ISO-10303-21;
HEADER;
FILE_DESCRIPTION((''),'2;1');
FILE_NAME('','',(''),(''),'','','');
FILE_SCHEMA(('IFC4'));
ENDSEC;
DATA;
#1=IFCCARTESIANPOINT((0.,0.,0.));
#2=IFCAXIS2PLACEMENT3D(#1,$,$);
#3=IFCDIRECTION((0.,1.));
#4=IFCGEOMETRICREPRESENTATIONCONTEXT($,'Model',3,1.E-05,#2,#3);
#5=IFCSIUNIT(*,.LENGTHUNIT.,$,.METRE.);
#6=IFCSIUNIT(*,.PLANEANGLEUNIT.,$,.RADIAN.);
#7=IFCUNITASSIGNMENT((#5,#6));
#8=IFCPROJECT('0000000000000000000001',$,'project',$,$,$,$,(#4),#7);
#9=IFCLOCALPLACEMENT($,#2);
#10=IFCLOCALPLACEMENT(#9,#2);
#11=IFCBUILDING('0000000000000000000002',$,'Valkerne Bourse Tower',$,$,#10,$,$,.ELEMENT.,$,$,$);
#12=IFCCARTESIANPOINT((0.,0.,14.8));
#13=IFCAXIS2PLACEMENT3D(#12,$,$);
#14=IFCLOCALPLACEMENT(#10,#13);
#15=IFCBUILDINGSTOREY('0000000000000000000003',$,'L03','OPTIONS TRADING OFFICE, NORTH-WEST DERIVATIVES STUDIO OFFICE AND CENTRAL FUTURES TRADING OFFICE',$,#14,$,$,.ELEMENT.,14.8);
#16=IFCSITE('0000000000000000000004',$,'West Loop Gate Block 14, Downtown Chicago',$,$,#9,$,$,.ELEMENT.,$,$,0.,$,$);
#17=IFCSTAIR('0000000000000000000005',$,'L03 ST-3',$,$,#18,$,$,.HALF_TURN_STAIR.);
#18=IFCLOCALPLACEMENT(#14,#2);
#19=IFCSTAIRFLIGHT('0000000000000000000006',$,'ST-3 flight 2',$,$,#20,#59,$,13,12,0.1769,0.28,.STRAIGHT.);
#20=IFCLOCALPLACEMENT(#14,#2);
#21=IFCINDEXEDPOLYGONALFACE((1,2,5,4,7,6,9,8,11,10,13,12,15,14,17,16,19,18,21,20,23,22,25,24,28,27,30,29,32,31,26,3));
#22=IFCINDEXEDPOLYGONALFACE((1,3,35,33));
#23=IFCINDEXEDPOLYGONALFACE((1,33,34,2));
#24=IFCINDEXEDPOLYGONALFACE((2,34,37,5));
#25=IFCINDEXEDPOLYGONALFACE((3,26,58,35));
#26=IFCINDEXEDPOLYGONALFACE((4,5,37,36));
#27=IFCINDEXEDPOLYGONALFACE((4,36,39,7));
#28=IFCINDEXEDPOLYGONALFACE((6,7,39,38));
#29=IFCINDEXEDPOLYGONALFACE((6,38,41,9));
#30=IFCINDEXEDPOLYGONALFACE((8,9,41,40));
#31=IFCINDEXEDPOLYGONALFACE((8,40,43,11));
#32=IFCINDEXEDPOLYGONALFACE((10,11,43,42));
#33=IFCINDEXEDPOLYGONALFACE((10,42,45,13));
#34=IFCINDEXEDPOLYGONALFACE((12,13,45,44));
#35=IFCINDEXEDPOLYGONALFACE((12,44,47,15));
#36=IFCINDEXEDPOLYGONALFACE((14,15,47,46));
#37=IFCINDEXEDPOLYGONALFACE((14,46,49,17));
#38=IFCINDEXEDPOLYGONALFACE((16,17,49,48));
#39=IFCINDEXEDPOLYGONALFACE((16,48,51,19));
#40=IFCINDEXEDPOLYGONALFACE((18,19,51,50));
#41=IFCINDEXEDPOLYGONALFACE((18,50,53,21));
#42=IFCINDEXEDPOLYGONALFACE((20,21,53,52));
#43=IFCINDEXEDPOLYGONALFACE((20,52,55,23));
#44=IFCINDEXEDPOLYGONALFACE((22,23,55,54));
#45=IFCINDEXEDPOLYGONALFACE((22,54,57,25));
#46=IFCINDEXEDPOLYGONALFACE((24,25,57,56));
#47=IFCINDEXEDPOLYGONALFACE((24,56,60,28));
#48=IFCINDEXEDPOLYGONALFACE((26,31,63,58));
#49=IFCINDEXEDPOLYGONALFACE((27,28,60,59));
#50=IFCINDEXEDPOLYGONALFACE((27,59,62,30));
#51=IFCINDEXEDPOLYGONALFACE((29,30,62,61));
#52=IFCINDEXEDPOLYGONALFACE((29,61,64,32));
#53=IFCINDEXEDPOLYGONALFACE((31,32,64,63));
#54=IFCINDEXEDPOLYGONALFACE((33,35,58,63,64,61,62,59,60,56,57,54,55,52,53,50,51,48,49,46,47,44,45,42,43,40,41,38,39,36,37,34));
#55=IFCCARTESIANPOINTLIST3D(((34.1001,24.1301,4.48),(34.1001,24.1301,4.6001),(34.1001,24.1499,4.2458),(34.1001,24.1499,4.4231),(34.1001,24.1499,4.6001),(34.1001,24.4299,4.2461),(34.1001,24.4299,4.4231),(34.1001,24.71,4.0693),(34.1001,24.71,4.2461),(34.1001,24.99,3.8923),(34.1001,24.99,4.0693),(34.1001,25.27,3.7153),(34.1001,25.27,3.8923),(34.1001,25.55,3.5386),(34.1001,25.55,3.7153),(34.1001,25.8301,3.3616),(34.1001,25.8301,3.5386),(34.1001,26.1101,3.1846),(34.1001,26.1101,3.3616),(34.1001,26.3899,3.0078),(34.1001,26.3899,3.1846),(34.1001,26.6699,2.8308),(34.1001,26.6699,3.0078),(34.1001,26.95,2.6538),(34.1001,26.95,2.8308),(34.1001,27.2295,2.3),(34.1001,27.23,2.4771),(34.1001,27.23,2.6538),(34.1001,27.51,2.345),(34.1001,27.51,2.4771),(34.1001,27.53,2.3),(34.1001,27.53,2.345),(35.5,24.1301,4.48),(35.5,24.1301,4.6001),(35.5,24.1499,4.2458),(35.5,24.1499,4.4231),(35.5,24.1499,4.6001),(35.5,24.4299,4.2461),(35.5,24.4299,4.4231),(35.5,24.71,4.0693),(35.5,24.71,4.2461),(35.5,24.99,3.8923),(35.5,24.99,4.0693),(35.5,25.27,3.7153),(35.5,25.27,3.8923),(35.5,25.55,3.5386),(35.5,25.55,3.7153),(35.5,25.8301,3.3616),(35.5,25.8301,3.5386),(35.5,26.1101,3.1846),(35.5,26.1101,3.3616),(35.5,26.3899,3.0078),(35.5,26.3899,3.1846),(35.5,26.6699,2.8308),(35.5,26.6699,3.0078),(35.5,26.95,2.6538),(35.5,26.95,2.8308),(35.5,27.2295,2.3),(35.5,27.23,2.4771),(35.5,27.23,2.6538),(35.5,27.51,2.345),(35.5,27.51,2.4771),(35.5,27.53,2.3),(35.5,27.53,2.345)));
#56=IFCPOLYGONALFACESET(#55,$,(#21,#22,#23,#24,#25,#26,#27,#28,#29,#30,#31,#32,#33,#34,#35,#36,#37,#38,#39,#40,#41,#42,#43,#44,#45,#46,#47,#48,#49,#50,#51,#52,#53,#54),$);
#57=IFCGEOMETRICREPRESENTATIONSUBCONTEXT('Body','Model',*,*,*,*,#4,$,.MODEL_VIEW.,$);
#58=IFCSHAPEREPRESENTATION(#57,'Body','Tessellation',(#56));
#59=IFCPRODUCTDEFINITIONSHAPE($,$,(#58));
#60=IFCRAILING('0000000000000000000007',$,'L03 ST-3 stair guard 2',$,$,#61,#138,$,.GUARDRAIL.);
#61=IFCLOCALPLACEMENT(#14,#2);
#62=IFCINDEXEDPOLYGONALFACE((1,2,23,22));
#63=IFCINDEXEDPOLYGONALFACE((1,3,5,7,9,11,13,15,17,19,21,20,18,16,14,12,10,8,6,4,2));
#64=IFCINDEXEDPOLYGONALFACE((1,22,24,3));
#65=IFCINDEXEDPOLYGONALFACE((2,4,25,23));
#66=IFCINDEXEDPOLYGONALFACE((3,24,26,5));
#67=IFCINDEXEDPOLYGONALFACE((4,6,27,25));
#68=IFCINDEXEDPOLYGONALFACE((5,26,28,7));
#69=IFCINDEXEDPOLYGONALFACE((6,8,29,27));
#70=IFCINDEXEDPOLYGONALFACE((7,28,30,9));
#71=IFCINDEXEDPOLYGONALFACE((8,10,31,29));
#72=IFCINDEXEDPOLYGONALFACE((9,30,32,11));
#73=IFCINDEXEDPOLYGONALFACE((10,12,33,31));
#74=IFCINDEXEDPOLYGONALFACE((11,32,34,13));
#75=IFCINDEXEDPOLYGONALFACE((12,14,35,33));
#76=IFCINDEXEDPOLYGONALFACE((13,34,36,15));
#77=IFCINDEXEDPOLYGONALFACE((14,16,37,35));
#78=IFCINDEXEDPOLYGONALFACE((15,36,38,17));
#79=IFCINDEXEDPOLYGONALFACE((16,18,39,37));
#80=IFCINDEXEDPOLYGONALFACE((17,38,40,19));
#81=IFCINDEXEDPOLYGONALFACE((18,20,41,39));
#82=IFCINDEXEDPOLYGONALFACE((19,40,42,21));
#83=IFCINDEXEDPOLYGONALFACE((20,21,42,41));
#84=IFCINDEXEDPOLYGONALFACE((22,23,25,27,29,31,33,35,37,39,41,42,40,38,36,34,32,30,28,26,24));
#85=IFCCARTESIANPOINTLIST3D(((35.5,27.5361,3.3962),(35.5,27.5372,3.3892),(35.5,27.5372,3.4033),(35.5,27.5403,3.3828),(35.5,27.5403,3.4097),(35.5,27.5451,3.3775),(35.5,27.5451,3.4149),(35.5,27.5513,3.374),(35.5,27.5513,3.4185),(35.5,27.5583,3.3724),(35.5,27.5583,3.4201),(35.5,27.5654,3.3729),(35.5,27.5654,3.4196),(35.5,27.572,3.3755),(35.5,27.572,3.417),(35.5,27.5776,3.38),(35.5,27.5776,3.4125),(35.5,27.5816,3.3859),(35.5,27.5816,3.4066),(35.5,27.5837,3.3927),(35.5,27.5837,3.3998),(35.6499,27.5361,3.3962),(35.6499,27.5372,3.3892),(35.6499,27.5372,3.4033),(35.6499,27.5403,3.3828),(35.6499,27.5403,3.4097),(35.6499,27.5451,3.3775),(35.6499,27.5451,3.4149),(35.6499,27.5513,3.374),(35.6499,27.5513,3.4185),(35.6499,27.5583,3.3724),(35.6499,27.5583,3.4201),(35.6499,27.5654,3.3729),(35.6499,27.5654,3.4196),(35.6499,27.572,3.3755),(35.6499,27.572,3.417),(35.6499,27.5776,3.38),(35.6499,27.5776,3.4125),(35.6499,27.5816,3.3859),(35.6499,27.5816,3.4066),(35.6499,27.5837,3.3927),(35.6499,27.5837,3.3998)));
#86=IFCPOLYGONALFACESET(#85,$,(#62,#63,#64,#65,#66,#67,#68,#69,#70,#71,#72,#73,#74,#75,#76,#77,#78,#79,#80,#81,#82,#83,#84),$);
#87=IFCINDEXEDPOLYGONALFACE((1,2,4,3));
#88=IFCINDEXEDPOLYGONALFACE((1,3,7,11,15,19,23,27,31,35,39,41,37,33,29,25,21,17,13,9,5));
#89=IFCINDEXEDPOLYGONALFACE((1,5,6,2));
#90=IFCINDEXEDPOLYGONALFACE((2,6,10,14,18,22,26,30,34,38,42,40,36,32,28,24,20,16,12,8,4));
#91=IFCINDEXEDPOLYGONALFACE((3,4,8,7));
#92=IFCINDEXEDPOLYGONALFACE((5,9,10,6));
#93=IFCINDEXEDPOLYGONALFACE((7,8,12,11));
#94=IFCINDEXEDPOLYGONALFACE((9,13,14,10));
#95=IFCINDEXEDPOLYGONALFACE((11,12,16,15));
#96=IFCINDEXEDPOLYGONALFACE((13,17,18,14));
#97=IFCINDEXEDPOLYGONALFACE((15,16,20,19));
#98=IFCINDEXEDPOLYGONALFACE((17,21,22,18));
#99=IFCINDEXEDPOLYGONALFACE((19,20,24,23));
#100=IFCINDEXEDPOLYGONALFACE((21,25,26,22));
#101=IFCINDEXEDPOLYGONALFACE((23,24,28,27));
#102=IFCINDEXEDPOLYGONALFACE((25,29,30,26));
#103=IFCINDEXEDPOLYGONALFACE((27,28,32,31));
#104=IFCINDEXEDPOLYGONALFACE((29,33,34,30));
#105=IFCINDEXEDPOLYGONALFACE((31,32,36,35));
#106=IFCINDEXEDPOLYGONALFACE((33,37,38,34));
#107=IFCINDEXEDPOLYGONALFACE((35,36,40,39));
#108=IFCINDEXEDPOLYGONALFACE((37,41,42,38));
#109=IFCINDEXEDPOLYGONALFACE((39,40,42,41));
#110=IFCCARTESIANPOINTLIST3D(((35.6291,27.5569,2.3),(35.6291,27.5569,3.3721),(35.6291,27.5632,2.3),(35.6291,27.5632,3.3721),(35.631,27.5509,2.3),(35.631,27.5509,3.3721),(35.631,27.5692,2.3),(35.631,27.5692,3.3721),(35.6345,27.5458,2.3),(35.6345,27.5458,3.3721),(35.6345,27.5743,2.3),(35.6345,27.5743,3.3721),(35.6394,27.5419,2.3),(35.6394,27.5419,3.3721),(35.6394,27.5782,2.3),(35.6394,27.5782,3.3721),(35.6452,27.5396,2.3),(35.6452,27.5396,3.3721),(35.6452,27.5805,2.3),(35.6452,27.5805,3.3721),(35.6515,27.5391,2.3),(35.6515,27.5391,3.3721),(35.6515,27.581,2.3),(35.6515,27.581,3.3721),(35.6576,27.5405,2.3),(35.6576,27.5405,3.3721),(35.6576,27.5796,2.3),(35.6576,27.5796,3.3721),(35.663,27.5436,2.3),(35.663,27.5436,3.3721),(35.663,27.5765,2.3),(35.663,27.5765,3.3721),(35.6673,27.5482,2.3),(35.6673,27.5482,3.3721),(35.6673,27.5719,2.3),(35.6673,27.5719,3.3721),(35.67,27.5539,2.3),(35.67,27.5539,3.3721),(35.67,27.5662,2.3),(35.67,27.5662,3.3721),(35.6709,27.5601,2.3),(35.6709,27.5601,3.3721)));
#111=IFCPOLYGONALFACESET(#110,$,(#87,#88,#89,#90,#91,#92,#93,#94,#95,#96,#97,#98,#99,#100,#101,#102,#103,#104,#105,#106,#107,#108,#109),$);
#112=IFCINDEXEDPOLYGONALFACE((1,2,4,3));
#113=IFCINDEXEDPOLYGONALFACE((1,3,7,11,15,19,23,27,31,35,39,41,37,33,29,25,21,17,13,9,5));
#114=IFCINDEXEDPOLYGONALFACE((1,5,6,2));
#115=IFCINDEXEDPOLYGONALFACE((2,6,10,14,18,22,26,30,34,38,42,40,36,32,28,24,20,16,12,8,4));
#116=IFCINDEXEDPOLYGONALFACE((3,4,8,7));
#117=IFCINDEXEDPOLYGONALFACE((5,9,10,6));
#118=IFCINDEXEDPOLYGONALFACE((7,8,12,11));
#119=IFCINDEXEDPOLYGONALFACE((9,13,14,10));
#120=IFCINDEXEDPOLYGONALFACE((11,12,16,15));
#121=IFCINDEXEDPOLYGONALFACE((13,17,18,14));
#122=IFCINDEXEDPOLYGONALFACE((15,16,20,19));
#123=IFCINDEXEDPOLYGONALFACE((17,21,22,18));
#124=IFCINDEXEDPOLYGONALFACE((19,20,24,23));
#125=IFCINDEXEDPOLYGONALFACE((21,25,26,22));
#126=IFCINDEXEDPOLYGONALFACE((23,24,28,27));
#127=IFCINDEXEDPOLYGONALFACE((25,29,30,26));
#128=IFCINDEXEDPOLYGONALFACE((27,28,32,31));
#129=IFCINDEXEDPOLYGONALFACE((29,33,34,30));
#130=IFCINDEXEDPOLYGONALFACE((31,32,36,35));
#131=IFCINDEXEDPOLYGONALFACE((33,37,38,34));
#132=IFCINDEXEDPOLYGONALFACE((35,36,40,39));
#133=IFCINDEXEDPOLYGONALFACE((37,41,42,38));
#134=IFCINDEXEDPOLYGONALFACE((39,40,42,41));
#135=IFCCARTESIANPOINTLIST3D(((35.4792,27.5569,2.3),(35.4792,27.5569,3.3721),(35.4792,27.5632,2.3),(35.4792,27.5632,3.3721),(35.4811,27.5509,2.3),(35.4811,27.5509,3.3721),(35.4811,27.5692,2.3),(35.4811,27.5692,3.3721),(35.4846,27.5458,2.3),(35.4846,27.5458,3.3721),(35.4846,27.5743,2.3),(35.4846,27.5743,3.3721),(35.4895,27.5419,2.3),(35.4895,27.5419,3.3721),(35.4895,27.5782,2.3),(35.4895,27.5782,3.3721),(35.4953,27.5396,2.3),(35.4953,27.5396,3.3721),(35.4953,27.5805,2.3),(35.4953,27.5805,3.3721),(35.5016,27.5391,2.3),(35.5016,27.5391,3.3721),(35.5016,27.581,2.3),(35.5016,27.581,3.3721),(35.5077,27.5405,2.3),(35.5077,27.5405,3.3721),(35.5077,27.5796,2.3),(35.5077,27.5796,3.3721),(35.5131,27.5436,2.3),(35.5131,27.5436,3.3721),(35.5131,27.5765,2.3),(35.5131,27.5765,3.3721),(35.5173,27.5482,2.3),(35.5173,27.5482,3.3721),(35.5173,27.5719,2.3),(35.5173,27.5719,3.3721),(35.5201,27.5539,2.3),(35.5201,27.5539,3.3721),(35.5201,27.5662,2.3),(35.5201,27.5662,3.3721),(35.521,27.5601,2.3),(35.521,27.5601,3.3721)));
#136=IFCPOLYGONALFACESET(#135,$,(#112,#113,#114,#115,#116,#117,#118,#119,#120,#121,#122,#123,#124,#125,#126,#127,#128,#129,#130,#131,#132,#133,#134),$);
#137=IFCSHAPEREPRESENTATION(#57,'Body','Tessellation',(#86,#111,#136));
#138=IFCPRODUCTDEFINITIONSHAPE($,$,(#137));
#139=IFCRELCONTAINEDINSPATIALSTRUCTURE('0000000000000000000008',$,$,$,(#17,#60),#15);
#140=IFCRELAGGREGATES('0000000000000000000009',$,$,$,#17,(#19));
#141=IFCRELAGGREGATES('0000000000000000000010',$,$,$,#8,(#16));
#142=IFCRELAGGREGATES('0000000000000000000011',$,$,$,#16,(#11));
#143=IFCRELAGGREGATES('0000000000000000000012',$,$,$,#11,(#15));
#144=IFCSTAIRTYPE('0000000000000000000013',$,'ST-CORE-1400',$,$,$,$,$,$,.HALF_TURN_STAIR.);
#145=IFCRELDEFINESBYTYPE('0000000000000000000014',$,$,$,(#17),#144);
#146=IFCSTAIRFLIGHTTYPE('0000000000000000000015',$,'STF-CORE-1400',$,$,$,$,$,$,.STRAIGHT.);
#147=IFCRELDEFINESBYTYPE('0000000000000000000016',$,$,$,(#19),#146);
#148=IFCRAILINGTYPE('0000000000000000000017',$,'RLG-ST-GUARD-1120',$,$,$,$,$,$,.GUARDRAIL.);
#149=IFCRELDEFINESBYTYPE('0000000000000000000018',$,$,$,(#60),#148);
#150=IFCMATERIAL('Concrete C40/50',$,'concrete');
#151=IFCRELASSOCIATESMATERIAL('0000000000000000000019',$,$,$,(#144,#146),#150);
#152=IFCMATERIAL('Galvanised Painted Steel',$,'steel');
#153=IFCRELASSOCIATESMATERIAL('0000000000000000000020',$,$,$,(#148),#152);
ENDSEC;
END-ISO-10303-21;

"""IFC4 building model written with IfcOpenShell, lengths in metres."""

from ifc_helpers import new_model, si_unit, direction, frame, origin, origin_2d, place, context, subcontext, project, spatial, polyline, circle, outline, extrude, material, type_object, element, aggregate, save


model = new_model("IFC4")

# Units and contexts
model_context = context("Model", 3, precision=1e-05, world=origin(), true_north=direction((0.0, 1.0)))
body_context = subcontext(model_context, "Body", "Model", "MODEL_VIEW")
ifc_project = project(units=[si_unit("LENGTHUNIT", "METRE"), si_unit("PLANEANGLEUNIT", "RADIAN")], contexts=[model_context])

# Site, building, storey
site_placement = place(None, origin())
site = spatial("IfcSite", under=ifc_project, at=site_placement, Name="West Loop Gate Block 14, Downtown Chicago", CompositionType="ELEMENT", RefElevation=0.0)
building_placement = place(site_placement, origin())
building = spatial("IfcBuilding", under=site, at=building_placement, Name="Valkerne Bourse Tower", CompositionType="ELEMENT")
storey_placement = place(building_placement, frame((0.0, 0.0, 14.8)))
storey = spatial("IfcBuildingStorey", under=building, at=storey_placement, Name="L03", Description="OPTIONS TRADING OFFICE, NORTH-WEST DERIVATIVES STUDIO OFFICE AND CENTRAL FUTURES TRADING OFFICE", CompositionType="ELEMENT", Elevation=14.8)

# Shared definitions
ifc_material_1 = material(Name="Galvanised Painted Steel", Category="steel")

# Shared definitions
ifc_material_2 = material(Name="Concrete C40/50", Category="concrete")

# Stair, stair flight
stair_type = type_object("IfcStairType", Name="ST-CORE-1400", PredefinedType="HALF_TURN_STAIR", material=ifc_material_2)
stair_placement = place(storey_placement, origin())
stair = element("IfcStair", 1, at=stair_placement, inside=storey, type_object=stair_type, Name="L03 ST-3", PredefinedType="HALF_TURN_STAIR")
stair_flight_type = type_object("IfcStairFlightType", Name="STF-CORE-1400", PredefinedType="STRAIGHT", material=ifc_material_2)
stair_flight_placement = place(storey_placement, frame((34.8, 27.51, 2.3), z_axis=(0.0, 0.0, 1.0), x_axis=(0.0, -1.0, 0.0)))
stair_flight = element("IfcStairFlight", 2, at=stair_flight_placement, type_object=stair_flight_type, Name="ST-3 flight 2", NumberOfRisers=13, NumberOfTreads=12, PredefinedType="STRAIGHT", RiserHeight=0.1769, TreadLength=0.28, context=body_context, shape_type="SweptSolid", body=[
    extrude(outline(polyline([(-0.02, 0.0), (-0.02, 0.0449), (0.0, 0.0449), (0.0, 0.177), (0.28, 0.177), (0.28, 0.3538), (0.5601, 0.3538), (0.5601, 0.5308), (0.8401, 0.5308), (0.8401, 0.7078), (1.1201, 0.7078), (1.1201, 0.8845), (1.3999, 0.8845), (1.3999, 1.0615), (1.6799, 1.0615), (1.6799, 1.2385), (1.96, 1.2385), (1.96, 1.4153), (2.24, 1.4153), (2.24, 1.5923), (2.52, 1.5923), (2.52, 1.7693), (2.8, 1.7693), (2.8, 1.946), (3.0801, 1.946), (3.0801, 2.123), (3.3601, 2.123), (3.3601, 2.3), (3.3799, 2.3), (3.3799, 2.1799), (3.3601, 1.9458), (0.2805, 0.0), (-0.02, 0.0)])), frame((0.0, 0.7, 0.0), z_axis=(0.0, -1.0, 0.0), x_axis=(1.0, 0.0, 0.0)), (0.0, 0.0, 1.0), 1.3999),
])
aggregate(stair, [stair_flight])

# Railing
railing_type_1 = type_object("IfcRailingType", Name="RLG-ST-GUARD-1120", PredefinedType="GUARDRAIL", material=ifc_material_1)
railing_1_placement = place(storey_placement, frame((35.6499, 27.5601, 2.3)))
element("IfcRailing", 3, at=railing_1_placement, inside=storey, type_object=railing_type_1, Name="L03 ST-3 stair guard 2", PredefinedType="GUARDRAIL", context=body_context, shape_type="SweptSolid", body=[
    extrude(circle(Radius=0.0239, at=origin_2d()), frame((0.0, 0.0, 1.0962), z_axis=(-1.0, 0.0, 0.0), x_axis=(0.0, -1.0, 0.0)), (0.0, 0.0, 1.0), 0.1499),
    extrude(circle(Radius=0.021, at=origin_2d()), origin(), (0.0, 0.0, 1.0), 1.072),
    extrude(circle(Radius=0.021, at=origin_2d()), frame((-0.1499, 0.0, 0.0)), (0.0, 0.0, 1.0), 1.072),
])

save(model, "model.ifc")
